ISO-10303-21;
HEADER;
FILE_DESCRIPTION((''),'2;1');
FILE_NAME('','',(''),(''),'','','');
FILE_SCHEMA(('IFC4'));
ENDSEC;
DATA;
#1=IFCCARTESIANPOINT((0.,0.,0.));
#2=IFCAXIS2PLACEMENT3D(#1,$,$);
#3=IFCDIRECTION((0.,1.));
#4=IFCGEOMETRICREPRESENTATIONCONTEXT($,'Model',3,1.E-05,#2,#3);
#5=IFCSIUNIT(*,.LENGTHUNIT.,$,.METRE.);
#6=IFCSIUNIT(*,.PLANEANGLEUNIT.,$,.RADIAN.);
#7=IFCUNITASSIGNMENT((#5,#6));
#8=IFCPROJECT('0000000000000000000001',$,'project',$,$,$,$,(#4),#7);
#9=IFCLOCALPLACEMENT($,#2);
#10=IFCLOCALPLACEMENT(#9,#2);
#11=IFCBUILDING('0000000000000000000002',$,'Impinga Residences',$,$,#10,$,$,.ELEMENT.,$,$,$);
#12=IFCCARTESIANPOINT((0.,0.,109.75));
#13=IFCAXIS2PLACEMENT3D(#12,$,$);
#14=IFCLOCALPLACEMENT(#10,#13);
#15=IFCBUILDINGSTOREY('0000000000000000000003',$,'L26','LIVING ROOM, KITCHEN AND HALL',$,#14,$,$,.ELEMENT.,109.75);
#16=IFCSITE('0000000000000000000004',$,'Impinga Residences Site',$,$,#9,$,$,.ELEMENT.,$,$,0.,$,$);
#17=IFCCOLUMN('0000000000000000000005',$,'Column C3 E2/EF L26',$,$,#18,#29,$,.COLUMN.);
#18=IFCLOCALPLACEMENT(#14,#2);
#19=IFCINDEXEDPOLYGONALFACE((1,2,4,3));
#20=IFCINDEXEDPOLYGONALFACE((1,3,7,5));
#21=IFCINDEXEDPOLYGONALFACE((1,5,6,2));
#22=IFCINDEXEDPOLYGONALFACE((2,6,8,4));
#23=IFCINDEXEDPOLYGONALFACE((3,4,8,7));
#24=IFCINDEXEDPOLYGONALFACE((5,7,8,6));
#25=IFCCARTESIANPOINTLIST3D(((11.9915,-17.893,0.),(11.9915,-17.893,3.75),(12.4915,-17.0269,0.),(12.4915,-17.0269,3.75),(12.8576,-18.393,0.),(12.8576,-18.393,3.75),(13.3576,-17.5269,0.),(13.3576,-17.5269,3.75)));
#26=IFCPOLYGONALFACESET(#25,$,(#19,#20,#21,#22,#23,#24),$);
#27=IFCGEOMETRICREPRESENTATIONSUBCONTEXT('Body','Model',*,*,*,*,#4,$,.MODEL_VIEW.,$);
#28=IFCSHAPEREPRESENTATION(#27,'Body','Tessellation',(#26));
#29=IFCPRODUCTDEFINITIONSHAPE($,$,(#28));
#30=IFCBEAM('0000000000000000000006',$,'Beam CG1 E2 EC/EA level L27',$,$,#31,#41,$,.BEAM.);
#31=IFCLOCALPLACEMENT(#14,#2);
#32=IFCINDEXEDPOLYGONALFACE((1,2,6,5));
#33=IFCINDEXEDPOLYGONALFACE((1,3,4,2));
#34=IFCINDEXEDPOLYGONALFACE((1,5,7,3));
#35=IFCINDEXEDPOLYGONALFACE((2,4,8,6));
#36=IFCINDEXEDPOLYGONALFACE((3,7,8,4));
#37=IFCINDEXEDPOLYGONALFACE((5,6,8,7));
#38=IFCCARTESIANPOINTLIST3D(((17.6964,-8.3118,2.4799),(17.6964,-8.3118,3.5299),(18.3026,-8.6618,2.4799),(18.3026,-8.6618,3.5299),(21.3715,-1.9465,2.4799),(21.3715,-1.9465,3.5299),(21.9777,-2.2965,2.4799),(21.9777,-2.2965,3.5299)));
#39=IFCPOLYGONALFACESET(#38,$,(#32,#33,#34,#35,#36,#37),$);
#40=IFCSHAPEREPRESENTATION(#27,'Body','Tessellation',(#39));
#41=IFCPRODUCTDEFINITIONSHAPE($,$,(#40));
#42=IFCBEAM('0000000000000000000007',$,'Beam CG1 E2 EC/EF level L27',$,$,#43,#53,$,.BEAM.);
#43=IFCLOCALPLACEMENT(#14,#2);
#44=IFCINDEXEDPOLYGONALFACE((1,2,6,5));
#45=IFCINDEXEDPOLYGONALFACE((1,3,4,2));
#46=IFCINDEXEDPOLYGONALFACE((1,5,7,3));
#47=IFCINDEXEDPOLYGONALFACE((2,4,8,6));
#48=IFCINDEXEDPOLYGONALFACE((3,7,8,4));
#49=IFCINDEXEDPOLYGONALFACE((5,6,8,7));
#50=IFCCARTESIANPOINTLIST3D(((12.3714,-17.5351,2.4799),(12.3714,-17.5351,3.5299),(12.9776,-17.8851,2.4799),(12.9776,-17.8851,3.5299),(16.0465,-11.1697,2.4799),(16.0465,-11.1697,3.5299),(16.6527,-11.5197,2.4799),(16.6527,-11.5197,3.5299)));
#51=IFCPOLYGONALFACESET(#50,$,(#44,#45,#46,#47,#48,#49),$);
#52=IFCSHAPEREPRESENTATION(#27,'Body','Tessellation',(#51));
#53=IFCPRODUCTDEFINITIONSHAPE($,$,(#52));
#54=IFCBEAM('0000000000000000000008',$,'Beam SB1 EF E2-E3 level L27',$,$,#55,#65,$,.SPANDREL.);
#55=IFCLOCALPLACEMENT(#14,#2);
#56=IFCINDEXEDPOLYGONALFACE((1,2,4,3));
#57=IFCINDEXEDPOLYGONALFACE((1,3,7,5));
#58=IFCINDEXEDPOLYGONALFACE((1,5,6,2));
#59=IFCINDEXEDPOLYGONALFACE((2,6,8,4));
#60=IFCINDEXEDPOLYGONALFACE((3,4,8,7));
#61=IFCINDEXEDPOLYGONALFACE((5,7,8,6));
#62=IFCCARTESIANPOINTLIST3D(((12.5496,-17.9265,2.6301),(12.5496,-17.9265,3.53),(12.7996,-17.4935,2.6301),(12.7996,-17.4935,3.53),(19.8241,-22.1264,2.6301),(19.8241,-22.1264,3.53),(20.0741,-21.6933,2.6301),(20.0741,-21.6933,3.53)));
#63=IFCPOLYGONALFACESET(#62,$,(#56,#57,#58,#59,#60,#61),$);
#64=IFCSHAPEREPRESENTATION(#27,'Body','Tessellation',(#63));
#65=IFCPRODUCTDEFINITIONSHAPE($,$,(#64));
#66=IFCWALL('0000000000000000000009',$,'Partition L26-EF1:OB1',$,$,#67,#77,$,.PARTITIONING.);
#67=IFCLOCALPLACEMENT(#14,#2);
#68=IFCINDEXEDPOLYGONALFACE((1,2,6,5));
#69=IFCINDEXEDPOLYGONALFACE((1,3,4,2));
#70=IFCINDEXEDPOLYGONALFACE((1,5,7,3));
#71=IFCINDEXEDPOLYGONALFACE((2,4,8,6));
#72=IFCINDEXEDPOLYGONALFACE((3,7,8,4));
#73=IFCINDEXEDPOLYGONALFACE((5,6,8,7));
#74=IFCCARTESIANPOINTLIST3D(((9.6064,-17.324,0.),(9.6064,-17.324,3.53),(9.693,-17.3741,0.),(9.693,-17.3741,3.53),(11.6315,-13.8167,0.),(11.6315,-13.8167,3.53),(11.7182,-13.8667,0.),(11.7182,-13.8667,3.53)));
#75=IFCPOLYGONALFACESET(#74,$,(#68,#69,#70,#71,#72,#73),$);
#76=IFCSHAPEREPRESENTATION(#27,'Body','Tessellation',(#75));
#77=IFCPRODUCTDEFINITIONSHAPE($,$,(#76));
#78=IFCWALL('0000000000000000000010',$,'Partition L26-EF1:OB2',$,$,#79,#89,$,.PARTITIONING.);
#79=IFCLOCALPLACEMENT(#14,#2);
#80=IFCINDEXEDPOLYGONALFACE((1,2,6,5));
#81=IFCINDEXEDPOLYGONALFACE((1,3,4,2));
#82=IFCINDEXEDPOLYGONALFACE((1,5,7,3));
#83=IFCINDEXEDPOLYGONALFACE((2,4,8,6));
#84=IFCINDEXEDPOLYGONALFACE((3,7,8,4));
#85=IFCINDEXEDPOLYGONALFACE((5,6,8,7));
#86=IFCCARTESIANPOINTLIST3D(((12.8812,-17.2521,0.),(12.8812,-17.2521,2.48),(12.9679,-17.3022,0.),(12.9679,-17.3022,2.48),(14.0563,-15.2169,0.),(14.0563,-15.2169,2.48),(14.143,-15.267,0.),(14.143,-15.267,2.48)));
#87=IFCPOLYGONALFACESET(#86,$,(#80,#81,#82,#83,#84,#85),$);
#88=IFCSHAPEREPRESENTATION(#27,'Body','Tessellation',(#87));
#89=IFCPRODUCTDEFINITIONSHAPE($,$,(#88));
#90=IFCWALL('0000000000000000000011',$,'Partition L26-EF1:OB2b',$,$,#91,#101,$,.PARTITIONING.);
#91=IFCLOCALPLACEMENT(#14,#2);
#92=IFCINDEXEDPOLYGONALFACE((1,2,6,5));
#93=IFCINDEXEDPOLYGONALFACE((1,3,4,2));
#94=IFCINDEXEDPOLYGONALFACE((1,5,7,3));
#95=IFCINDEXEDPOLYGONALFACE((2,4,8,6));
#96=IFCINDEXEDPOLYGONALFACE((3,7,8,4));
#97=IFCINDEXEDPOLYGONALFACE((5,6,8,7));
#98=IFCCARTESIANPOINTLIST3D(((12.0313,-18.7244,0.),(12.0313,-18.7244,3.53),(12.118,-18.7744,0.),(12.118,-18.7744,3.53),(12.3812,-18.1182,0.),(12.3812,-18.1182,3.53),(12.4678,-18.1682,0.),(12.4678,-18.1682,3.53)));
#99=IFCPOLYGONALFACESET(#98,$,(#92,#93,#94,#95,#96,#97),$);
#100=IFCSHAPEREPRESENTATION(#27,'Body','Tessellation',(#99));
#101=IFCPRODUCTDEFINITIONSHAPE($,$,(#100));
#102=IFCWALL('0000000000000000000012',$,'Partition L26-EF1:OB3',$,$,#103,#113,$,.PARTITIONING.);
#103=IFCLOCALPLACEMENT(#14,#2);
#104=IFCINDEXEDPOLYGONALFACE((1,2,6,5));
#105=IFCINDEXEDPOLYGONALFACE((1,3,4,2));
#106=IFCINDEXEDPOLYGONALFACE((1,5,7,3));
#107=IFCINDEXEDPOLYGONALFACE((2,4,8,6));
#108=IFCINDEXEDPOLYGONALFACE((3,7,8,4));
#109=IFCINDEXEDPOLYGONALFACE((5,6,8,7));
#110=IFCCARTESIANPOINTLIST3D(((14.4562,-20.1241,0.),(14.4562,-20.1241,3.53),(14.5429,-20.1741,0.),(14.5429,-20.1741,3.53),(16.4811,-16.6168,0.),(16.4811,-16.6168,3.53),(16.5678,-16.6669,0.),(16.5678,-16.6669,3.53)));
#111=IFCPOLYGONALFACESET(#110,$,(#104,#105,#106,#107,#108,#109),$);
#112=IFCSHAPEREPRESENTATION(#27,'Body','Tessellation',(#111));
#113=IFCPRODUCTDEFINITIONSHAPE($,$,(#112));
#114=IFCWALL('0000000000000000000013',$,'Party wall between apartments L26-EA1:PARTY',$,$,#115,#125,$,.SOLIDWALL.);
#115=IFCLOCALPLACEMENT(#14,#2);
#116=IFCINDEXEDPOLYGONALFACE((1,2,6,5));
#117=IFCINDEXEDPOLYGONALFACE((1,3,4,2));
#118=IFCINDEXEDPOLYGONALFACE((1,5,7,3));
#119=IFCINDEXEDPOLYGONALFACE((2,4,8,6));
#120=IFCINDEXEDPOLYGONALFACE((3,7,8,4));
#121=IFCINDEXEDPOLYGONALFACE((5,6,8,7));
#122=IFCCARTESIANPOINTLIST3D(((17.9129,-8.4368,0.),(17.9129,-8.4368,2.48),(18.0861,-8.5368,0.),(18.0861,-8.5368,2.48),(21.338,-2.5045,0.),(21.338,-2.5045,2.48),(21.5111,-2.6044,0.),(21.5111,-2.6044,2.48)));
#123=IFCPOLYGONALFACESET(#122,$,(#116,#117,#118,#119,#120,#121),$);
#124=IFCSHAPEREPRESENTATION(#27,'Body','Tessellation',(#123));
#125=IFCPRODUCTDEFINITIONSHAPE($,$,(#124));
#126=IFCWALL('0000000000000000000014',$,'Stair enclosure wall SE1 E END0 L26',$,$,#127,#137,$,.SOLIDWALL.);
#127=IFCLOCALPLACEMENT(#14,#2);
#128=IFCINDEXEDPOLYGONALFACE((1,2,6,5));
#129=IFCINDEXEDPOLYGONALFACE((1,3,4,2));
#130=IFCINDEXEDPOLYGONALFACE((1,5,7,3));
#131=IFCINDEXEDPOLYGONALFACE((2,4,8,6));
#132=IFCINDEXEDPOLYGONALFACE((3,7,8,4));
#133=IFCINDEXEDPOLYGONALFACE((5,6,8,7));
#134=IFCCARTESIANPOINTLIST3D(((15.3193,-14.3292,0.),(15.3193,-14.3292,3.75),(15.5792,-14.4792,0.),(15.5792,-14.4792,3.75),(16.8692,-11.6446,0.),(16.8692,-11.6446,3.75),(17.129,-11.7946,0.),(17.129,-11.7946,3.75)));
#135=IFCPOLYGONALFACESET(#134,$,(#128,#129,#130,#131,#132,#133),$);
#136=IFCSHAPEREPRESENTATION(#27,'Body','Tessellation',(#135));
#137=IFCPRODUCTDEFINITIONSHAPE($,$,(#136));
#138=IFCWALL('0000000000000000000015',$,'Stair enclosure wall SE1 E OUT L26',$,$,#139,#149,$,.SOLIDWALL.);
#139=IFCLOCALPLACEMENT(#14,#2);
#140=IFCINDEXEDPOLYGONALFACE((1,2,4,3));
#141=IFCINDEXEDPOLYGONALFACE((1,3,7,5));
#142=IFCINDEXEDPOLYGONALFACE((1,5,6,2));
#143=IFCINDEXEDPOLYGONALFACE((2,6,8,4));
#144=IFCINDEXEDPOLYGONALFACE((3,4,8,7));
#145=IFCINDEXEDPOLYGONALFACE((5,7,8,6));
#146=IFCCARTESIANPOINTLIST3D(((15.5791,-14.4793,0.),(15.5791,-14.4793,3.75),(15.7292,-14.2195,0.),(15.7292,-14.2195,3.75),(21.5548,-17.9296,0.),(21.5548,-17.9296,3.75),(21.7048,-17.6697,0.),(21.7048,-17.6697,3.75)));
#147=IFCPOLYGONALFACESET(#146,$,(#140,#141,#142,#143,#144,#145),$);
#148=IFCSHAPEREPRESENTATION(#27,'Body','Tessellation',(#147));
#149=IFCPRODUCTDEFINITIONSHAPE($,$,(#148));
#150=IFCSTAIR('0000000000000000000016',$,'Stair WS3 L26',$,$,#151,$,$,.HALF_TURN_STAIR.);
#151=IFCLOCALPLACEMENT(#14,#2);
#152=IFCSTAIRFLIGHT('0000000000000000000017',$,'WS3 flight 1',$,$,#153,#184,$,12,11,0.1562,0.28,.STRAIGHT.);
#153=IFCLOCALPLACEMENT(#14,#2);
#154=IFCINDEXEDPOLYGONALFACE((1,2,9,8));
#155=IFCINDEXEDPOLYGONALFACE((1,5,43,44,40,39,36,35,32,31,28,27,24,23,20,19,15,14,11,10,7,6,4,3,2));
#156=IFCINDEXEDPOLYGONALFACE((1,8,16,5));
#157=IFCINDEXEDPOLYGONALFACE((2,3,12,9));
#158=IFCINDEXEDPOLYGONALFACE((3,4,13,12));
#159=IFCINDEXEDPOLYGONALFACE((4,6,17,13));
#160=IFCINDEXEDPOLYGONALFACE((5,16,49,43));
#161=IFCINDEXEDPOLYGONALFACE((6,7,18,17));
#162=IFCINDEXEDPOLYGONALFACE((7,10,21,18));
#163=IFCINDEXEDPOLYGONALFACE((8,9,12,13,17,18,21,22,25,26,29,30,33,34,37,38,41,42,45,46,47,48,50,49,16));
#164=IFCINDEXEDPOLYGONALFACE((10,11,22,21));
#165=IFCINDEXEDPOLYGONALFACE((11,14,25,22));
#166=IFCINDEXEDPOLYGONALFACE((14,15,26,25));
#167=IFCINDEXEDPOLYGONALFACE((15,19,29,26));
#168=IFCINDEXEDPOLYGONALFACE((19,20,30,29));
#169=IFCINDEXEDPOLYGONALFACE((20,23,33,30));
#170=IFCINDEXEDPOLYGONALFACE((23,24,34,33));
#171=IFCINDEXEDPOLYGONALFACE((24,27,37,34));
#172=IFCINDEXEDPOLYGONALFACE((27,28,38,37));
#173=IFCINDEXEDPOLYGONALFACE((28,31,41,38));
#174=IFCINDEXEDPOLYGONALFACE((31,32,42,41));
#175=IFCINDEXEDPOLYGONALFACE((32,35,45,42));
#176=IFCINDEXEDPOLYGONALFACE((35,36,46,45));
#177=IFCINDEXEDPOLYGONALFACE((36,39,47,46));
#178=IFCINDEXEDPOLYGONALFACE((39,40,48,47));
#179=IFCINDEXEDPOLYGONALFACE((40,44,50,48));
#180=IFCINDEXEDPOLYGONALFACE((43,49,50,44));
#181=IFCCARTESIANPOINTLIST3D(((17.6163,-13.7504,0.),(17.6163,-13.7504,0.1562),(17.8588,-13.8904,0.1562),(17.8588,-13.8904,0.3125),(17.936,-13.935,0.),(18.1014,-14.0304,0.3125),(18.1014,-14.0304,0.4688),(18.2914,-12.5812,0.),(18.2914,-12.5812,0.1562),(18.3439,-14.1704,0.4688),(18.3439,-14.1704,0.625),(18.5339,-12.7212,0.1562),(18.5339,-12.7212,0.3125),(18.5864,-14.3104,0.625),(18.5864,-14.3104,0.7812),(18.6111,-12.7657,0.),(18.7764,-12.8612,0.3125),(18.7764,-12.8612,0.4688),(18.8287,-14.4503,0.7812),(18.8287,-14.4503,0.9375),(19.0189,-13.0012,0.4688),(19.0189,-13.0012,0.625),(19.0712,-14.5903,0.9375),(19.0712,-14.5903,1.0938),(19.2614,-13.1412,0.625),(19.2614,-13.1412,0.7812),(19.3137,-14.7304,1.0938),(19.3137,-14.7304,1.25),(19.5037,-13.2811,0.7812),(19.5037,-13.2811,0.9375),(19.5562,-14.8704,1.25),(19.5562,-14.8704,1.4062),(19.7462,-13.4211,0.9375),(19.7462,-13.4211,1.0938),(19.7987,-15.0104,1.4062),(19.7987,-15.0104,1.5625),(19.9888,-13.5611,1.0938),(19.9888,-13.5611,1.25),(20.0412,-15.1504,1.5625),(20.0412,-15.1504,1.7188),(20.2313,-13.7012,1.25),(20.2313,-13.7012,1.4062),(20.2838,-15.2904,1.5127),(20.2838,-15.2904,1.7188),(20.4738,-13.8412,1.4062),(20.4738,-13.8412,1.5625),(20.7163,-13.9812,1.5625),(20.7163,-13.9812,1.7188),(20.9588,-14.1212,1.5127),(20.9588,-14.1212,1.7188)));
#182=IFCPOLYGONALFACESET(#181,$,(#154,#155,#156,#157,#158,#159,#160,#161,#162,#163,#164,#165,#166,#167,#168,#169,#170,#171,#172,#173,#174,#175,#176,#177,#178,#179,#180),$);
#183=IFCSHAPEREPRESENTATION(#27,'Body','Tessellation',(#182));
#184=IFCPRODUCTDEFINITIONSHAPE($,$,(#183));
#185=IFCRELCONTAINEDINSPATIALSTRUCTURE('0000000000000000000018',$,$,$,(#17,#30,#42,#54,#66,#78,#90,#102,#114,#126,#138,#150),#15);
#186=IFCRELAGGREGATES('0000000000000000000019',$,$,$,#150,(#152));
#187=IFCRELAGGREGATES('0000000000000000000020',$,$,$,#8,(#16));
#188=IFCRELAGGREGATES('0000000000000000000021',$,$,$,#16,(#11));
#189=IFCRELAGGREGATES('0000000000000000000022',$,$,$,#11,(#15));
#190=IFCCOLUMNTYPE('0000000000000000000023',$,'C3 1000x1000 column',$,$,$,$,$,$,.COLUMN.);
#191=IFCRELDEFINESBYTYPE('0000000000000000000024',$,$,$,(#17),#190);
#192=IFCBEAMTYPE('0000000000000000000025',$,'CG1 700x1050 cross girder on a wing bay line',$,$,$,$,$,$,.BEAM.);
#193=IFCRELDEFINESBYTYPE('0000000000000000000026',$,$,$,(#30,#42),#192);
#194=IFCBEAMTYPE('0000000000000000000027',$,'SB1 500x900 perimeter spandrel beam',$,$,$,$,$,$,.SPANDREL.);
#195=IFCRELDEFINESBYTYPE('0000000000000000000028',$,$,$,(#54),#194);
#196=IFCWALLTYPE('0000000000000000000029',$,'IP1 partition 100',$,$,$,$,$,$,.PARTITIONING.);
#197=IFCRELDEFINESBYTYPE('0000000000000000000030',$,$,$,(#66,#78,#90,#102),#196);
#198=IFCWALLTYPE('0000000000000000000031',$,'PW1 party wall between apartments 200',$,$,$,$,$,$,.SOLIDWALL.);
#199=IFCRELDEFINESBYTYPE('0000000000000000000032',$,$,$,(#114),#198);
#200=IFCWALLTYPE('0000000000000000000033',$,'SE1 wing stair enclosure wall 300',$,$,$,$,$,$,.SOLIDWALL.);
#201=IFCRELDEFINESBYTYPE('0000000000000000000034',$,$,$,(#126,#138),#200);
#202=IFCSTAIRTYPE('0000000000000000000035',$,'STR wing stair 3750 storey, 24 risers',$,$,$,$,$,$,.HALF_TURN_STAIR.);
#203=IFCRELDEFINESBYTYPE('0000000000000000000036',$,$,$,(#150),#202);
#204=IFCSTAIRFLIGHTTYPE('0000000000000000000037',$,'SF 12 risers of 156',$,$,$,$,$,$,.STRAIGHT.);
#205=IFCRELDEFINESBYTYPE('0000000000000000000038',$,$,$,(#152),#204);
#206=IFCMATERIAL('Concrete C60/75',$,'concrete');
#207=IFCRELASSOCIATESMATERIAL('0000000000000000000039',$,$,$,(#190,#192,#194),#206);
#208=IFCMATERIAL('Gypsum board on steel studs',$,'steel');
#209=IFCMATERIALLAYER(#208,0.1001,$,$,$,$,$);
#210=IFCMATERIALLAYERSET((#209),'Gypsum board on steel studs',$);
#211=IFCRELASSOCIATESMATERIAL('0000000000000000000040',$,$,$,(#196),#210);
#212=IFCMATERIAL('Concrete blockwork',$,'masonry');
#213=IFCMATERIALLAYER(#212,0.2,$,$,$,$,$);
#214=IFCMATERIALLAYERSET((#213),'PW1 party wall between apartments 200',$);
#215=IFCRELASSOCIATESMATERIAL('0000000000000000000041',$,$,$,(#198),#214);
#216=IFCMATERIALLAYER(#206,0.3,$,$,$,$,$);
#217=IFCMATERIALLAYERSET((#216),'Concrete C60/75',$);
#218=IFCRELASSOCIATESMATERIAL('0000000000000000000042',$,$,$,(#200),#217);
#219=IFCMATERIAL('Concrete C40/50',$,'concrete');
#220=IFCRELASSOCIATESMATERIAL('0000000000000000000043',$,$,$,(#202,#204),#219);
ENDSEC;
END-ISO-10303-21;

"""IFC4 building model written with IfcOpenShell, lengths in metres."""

from ifc_helpers import new_model, si_unit, direction, frame, frame_2d, origin, origin_2d, place, context, subcontext, project, spatial, polyline, rectangle, outline, extrude, material, layer, layer_set, material_profile, profile_set, type_object, element, aggregate, save


model = new_model("IFC4")

# Units and contexts
model_context = context("Model", 3, precision=1e-05, world=origin(), true_north=direction((0.0, 1.0)))
body_context = subcontext(model_context, "Body", "Model", "MODEL_VIEW")
ifc_project = project(units=[si_unit("LENGTHUNIT", "METRE"), si_unit("PLANEANGLEUNIT", "RADIAN")], contexts=[model_context])

# Site, building, storey
site_placement = place(None, origin())
site = spatial("IfcSite", under=ifc_project, at=site_placement, Name="Impinga Residences Site", CompositionType="ELEMENT", RefElevation=0.0)
building_placement = place(site_placement, origin())
building = spatial("IfcBuilding", under=site, at=building_placement, Name="Impinga Residences", CompositionType="ELEMENT")
storey_placement = place(building_placement, frame((0.0, 0.0, 109.75)))
storey = spatial("IfcBuildingStorey", under=building, at=storey_placement, Name="L26", Description="LIVING ROOM, KITCHEN AND HALL", CompositionType="ELEMENT", Elevation=109.75)

# Column
ifc_material_1 = material(Name="Concrete C60/75", Category="concrete")
ifc_material_profile_1 = material_profile(ifc_material_1, rectangle(XDim=1.0, YDim=1.0, at=origin_2d()), Name="RC 1000x1000")
ifc_profile_set_1 = profile_set([ifc_material_profile_1], Name="Concrete C60/75")
column_type = type_object("IfcColumnType", Name="C3 1000x1000 column", PredefinedType="COLUMN", material=ifc_profile_set_1)
column_placement = place(storey_placement, frame((12.6746, -17.71, 0.0), z_axis=(0.0, 0.0, 1.0), x_axis=(-0.5, -0.866025, 0.0)))
element("IfcColumn", 1, at=column_placement, inside=storey, type_object=column_type, Name="Column C3 E2/EF L26", PredefinedType="COLUMN", context=body_context, shape_type="SweptSolid", body=[
    extrude(rectangle(XDim=1.0, YDim=1.0, at=origin_2d()), origin(), (0.0, 0.0, 1.0), 3.75),
])

# Beams
ifc_material_profile_2 = material_profile(ifc_material_1, rectangle(XDim=0.7, YDim=1.05, at=origin_2d()), Name="RC 700x1050")
ifc_profile_set_2 = profile_set([ifc_material_profile_2], Name="Concrete C60/75")
beam_type_1 = type_object("IfcBeamType", Name="CG1 700x1050 cross girder on a wing bay line", PredefinedType="BEAM", material=ifc_profile_set_2)
for number, where, z_axis, x_axis, name in (
    (2, (17.9995, -8.4868, 3.0049), (0.500008, 0.866021, 0.0), (-0.866021, 0.500008, 0.0), "Beam CG1 E2 EC/EA level L27"),
    (3, (16.3496, -11.3447, 3.0049), (-0.500008, -0.866021, 0.0), (0.866021, -0.500008, 0.0), "Beam CG1 E2 EC/EF level L27"),
):
    element("IfcBeam", number, at=place(storey_placement, frame(where, z_axis=z_axis, x_axis=x_axis)), inside=storey, type_object=beam_type_1, Name=name, PredefinedType="BEAM", context=body_context, shape_type="SweptSolid", body=[
        extrude(rectangle(XDim=0.7, YDim=1.05, at=origin_2d()), origin(), (0.0, 0.0, 1.0), 7.3501),
    ])
ifc_material_profile_3 = material_profile(ifc_material_1, rectangle(XDim=0.5, YDim=0.8999, at=origin_2d()), Name="RC 500x900")
ifc_profile_set_3 = profile_set([ifc_material_profile_3], Name="Concrete C60/75")
beam_type_2 = type_object("IfcBeamType", Name="SB1 500x900 perimeter spandrel beam", PredefinedType="SPANDREL", material=ifc_profile_set_3)
beam_placement = place(storey_placement, frame((12.6746, -17.71, 3.0801), z_axis=(0.866029, -0.499993, 0.0), x_axis=(0.499993, 0.866029, 0.0)))
element("IfcBeam", 4, at=beam_placement, inside=storey, type_object=beam_type_2, Name="Beam SB1 EF E2-E3 level L27", PredefinedType="SPANDREL", context=body_context, shape_type="SweptSolid", body=[
    extrude(rectangle(XDim=0.5, YDim=0.8999, at=origin_2d()), origin(), (0.0, 0.0, 1.0), 8.3999),
])

# Walls
ifc_material_2 = material(Name="Gypsum board on steel studs", Category="steel")
ifc_layer_1 = layer(ifc_material_2, 0.1001)
ifc_layer_set_1 = layer_set([ifc_layer_1], Name="Gypsum board on steel studs")
wall_type_1 = type_object("IfcWallType", Name="IP1 partition 100", PredefinedType="PARTITIONING", material=ifc_layer_set_1)
wall_1_placement = place(storey_placement, frame((11.6748, -13.8418, 0.0), z_axis=(0.0, 0.0, 1.0), x_axis=(-0.500036, -0.866005, 0.0)))
element("IfcWall", 5, at=wall_1_placement, inside=storey, type_object=wall_type_1, Name="Partition L26-EF1:OB1", PredefinedType="PARTITIONING", context=body_context, shape_type="SweptSolid", body=[
    extrude(rectangle(XDim=4.05, YDim=0.1001, at=frame_2d((2.0249, 0.0))), origin(), (0.0, 0.0, 1.0), 3.53),
])
wall_2_placement = place(storey_placement, frame((14.0996, -15.2419, 0.0), z_axis=(0.0, 0.0, 1.0), x_axis=(-0.500016, -0.866016, 0.0)))
element("IfcWall", 6, at=wall_2_placement, inside=storey, type_object=wall_type_1, Name="Partition L26-EF1:OB2", PredefinedType="PARTITIONING", context=body_context, shape_type="SweptSolid", body=[
    extrude(rectangle(XDim=2.3501, YDim=0.1001, at=frame_2d((1.175, 0.0))), origin(), (0.0, 0.0, 1.0), 2.48),
])
wall_3_placement = place(storey_placement, frame((12.4246, -18.1431, 0.0), z_axis=(0.0, 0.0, 1.0), x_axis=(-0.499853, -0.86611, 0.0)))
element("IfcWall", 7, at=wall_3_placement, inside=storey, type_object=wall_type_1, Name="Partition L26-EF1:OB2b", PredefinedType="PARTITIONING", context=body_context, shape_type="SweptSolid", body=[
    extrude(rectangle(XDim=0.7, YDim=0.1001, at=frame_2d((0.3501, 0.0))), origin(), (0.0, 0.0, 1.0), 3.53),
])
wall_4_placement = place(storey_placement, frame((16.5244, -16.6418, 0.0), z_axis=(0.0, 0.0, 1.0), x_axis=(-0.49999, -0.866031, 0.0)))
element("IfcWall", 8, at=wall_4_placement, inside=storey, type_object=wall_type_1, Name="Partition L26-EF1:OB3", PredefinedType="PARTITIONING", context=body_context, shape_type="SweptSolid", body=[
    extrude(rectangle(XDim=4.0498, YDim=0.1001, at=frame_2d((2.0249, 0.0))), origin(), (0.0, 0.0, 1.0), 3.53),
])
ifc_material_3 = material(Name="Concrete blockwork", Category="masonry")
ifc_layer_2 = layer(ifc_material_3, 0.2)
ifc_layer_set_2 = layer_set([ifc_layer_2], Name="PW1 party wall between apartments 200")
wall_type_2 = type_object("IfcWallType", Name="PW1 party wall between apartments 200", PredefinedType="SOLIDWALL", material=ifc_layer_set_2)
wall_5_placement = place(storey_placement, frame((17.9995, -8.4868, 0.0), z_axis=(0.0, 0.0, 1.0), x_axis=(0.499999, 0.866026, 0.0)))
element("IfcWall", 9, at=wall_5_placement, inside=storey, type_object=wall_type_2, Name="Party wall between apartments L26-EA1:PARTY", PredefinedType="SOLIDWALL", context=body_context, shape_type="SweptSolid", body=[
    extrude(rectangle(XDim=6.8501, YDim=0.2, at=frame_2d((3.425, 0.0))), origin(), (0.0, 0.0, 1.0), 2.48),
])
ifc_layer_3 = layer(ifc_material_1, 0.3)
ifc_layer_set_3 = layer_set([ifc_layer_3], Name="Concrete C60/75")
wall_type_3 = type_object("IfcWallType", Name="SE1 wing stair enclosure wall 300", PredefinedType="SOLIDWALL", material=ifc_layer_set_3)
wall_6_placement = place(storey_placement, frame((16.999, -11.7197, 0.0), z_axis=(0.0, 0.0, 1.0), x_axis=(-0.499968, -0.866044, 0.0)))
element("IfcWall", 10, at=wall_6_placement, inside=storey, type_object=wall_type_3, Name="Stair enclosure wall SE1 E END0 L26", PredefinedType="SOLIDWALL", context=body_context, shape_type="SweptSolid", body=[
    extrude(rectangle(XDim=3.0999, YDim=0.3, at=frame_2d((1.5498, 0.0))), origin(), (0.0, 0.0, 1.0), 3.75),
])
wall_7_placement = place(storey_placement, frame((15.6541, -14.3494, 0.0), z_axis=(0.0, 0.0, 1.0), x_axis=(0.866014, -0.500021, 0.0)))
element("IfcWall", 11, at=wall_7_placement, inside=storey, type_object=wall_type_3, Name="Stair enclosure wall SE1 E OUT L26", PredefinedType="SOLIDWALL", context=body_context, shape_type="SweptSolid", body=[
    extrude(rectangle(XDim=6.9001, YDim=0.3, at=frame_2d((3.4502, 0.0))), origin(), (0.0, 0.0, 1.0), 3.75),
])

# Stair, stair flight
ifc_material_4 = material(Name="Concrete C40/50", Category="concrete")
stair_type = type_object("IfcStairType", Name="STR wing stair 3750 storey, 24 risers", PredefinedType="HALF_TURN_STAIR", material=ifc_material_4)
stair_placement = place(storey_placement, origin())
stair = element("IfcStair", 12, at=stair_placement, inside=storey, type_object=stair_type, Name="Stair WS3 L26", PredefinedType="HALF_TURN_STAIR")
stair_flight_type = type_object("IfcStairFlightType", Name="SF 12 risers of 156", PredefinedType="STRAIGHT", material=ifc_material_4)
stair_flight_placement = place(storey_placement, frame((17.9539, -13.1658, 0.0), z_axis=(0.0, 0.0, 1.0), x_axis=(0.866025, -0.5, 0.0)))
stair_flight = element("IfcStairFlight", 13, at=stair_flight_placement, type_object=stair_flight_type, Name="WS3 flight 1", NumberOfRisers=12, NumberOfTreads=11, PredefinedType="STRAIGHT", RiserHeight=0.1562, TreadLength=0.28, context=body_context, shape_type="SweptSolid", body=[
    extrude(outline(polyline([(0.0, 0.0), (0.0, 0.1562), (0.28, 0.1562), (0.28, 0.3125), (0.5601, 0.3125), (0.5601, 0.4688), (0.8401, 0.4688), (0.8401, 0.625), (1.1201, 0.625), (1.1201, 0.7812), (1.3999, 0.7812), (1.3999, 0.9375), (1.6799, 0.9375), (1.6799, 1.0938), (1.96, 1.0938), (1.96, 1.25), (2.24, 1.25), (2.24, 1.4062), (2.52, 1.4062), (2.52, 1.5625), (2.8, 1.5625), (2.8, 1.7188), (3.0801, 1.7188), (3.0801, 1.875), (3.0801, 1.5127), (0.3691, 0.0), (0.0, 0.0)])), frame((0.0, 0.675, 0.0), z_axis=(0.0, -1.0, 0.0), x_axis=(1.0, 0.0, 0.0)), (0.0, 0.0, 1.0), 1.3501),
])
aggregate(stair, [stair_flight])

save(model, "model.ifc")
